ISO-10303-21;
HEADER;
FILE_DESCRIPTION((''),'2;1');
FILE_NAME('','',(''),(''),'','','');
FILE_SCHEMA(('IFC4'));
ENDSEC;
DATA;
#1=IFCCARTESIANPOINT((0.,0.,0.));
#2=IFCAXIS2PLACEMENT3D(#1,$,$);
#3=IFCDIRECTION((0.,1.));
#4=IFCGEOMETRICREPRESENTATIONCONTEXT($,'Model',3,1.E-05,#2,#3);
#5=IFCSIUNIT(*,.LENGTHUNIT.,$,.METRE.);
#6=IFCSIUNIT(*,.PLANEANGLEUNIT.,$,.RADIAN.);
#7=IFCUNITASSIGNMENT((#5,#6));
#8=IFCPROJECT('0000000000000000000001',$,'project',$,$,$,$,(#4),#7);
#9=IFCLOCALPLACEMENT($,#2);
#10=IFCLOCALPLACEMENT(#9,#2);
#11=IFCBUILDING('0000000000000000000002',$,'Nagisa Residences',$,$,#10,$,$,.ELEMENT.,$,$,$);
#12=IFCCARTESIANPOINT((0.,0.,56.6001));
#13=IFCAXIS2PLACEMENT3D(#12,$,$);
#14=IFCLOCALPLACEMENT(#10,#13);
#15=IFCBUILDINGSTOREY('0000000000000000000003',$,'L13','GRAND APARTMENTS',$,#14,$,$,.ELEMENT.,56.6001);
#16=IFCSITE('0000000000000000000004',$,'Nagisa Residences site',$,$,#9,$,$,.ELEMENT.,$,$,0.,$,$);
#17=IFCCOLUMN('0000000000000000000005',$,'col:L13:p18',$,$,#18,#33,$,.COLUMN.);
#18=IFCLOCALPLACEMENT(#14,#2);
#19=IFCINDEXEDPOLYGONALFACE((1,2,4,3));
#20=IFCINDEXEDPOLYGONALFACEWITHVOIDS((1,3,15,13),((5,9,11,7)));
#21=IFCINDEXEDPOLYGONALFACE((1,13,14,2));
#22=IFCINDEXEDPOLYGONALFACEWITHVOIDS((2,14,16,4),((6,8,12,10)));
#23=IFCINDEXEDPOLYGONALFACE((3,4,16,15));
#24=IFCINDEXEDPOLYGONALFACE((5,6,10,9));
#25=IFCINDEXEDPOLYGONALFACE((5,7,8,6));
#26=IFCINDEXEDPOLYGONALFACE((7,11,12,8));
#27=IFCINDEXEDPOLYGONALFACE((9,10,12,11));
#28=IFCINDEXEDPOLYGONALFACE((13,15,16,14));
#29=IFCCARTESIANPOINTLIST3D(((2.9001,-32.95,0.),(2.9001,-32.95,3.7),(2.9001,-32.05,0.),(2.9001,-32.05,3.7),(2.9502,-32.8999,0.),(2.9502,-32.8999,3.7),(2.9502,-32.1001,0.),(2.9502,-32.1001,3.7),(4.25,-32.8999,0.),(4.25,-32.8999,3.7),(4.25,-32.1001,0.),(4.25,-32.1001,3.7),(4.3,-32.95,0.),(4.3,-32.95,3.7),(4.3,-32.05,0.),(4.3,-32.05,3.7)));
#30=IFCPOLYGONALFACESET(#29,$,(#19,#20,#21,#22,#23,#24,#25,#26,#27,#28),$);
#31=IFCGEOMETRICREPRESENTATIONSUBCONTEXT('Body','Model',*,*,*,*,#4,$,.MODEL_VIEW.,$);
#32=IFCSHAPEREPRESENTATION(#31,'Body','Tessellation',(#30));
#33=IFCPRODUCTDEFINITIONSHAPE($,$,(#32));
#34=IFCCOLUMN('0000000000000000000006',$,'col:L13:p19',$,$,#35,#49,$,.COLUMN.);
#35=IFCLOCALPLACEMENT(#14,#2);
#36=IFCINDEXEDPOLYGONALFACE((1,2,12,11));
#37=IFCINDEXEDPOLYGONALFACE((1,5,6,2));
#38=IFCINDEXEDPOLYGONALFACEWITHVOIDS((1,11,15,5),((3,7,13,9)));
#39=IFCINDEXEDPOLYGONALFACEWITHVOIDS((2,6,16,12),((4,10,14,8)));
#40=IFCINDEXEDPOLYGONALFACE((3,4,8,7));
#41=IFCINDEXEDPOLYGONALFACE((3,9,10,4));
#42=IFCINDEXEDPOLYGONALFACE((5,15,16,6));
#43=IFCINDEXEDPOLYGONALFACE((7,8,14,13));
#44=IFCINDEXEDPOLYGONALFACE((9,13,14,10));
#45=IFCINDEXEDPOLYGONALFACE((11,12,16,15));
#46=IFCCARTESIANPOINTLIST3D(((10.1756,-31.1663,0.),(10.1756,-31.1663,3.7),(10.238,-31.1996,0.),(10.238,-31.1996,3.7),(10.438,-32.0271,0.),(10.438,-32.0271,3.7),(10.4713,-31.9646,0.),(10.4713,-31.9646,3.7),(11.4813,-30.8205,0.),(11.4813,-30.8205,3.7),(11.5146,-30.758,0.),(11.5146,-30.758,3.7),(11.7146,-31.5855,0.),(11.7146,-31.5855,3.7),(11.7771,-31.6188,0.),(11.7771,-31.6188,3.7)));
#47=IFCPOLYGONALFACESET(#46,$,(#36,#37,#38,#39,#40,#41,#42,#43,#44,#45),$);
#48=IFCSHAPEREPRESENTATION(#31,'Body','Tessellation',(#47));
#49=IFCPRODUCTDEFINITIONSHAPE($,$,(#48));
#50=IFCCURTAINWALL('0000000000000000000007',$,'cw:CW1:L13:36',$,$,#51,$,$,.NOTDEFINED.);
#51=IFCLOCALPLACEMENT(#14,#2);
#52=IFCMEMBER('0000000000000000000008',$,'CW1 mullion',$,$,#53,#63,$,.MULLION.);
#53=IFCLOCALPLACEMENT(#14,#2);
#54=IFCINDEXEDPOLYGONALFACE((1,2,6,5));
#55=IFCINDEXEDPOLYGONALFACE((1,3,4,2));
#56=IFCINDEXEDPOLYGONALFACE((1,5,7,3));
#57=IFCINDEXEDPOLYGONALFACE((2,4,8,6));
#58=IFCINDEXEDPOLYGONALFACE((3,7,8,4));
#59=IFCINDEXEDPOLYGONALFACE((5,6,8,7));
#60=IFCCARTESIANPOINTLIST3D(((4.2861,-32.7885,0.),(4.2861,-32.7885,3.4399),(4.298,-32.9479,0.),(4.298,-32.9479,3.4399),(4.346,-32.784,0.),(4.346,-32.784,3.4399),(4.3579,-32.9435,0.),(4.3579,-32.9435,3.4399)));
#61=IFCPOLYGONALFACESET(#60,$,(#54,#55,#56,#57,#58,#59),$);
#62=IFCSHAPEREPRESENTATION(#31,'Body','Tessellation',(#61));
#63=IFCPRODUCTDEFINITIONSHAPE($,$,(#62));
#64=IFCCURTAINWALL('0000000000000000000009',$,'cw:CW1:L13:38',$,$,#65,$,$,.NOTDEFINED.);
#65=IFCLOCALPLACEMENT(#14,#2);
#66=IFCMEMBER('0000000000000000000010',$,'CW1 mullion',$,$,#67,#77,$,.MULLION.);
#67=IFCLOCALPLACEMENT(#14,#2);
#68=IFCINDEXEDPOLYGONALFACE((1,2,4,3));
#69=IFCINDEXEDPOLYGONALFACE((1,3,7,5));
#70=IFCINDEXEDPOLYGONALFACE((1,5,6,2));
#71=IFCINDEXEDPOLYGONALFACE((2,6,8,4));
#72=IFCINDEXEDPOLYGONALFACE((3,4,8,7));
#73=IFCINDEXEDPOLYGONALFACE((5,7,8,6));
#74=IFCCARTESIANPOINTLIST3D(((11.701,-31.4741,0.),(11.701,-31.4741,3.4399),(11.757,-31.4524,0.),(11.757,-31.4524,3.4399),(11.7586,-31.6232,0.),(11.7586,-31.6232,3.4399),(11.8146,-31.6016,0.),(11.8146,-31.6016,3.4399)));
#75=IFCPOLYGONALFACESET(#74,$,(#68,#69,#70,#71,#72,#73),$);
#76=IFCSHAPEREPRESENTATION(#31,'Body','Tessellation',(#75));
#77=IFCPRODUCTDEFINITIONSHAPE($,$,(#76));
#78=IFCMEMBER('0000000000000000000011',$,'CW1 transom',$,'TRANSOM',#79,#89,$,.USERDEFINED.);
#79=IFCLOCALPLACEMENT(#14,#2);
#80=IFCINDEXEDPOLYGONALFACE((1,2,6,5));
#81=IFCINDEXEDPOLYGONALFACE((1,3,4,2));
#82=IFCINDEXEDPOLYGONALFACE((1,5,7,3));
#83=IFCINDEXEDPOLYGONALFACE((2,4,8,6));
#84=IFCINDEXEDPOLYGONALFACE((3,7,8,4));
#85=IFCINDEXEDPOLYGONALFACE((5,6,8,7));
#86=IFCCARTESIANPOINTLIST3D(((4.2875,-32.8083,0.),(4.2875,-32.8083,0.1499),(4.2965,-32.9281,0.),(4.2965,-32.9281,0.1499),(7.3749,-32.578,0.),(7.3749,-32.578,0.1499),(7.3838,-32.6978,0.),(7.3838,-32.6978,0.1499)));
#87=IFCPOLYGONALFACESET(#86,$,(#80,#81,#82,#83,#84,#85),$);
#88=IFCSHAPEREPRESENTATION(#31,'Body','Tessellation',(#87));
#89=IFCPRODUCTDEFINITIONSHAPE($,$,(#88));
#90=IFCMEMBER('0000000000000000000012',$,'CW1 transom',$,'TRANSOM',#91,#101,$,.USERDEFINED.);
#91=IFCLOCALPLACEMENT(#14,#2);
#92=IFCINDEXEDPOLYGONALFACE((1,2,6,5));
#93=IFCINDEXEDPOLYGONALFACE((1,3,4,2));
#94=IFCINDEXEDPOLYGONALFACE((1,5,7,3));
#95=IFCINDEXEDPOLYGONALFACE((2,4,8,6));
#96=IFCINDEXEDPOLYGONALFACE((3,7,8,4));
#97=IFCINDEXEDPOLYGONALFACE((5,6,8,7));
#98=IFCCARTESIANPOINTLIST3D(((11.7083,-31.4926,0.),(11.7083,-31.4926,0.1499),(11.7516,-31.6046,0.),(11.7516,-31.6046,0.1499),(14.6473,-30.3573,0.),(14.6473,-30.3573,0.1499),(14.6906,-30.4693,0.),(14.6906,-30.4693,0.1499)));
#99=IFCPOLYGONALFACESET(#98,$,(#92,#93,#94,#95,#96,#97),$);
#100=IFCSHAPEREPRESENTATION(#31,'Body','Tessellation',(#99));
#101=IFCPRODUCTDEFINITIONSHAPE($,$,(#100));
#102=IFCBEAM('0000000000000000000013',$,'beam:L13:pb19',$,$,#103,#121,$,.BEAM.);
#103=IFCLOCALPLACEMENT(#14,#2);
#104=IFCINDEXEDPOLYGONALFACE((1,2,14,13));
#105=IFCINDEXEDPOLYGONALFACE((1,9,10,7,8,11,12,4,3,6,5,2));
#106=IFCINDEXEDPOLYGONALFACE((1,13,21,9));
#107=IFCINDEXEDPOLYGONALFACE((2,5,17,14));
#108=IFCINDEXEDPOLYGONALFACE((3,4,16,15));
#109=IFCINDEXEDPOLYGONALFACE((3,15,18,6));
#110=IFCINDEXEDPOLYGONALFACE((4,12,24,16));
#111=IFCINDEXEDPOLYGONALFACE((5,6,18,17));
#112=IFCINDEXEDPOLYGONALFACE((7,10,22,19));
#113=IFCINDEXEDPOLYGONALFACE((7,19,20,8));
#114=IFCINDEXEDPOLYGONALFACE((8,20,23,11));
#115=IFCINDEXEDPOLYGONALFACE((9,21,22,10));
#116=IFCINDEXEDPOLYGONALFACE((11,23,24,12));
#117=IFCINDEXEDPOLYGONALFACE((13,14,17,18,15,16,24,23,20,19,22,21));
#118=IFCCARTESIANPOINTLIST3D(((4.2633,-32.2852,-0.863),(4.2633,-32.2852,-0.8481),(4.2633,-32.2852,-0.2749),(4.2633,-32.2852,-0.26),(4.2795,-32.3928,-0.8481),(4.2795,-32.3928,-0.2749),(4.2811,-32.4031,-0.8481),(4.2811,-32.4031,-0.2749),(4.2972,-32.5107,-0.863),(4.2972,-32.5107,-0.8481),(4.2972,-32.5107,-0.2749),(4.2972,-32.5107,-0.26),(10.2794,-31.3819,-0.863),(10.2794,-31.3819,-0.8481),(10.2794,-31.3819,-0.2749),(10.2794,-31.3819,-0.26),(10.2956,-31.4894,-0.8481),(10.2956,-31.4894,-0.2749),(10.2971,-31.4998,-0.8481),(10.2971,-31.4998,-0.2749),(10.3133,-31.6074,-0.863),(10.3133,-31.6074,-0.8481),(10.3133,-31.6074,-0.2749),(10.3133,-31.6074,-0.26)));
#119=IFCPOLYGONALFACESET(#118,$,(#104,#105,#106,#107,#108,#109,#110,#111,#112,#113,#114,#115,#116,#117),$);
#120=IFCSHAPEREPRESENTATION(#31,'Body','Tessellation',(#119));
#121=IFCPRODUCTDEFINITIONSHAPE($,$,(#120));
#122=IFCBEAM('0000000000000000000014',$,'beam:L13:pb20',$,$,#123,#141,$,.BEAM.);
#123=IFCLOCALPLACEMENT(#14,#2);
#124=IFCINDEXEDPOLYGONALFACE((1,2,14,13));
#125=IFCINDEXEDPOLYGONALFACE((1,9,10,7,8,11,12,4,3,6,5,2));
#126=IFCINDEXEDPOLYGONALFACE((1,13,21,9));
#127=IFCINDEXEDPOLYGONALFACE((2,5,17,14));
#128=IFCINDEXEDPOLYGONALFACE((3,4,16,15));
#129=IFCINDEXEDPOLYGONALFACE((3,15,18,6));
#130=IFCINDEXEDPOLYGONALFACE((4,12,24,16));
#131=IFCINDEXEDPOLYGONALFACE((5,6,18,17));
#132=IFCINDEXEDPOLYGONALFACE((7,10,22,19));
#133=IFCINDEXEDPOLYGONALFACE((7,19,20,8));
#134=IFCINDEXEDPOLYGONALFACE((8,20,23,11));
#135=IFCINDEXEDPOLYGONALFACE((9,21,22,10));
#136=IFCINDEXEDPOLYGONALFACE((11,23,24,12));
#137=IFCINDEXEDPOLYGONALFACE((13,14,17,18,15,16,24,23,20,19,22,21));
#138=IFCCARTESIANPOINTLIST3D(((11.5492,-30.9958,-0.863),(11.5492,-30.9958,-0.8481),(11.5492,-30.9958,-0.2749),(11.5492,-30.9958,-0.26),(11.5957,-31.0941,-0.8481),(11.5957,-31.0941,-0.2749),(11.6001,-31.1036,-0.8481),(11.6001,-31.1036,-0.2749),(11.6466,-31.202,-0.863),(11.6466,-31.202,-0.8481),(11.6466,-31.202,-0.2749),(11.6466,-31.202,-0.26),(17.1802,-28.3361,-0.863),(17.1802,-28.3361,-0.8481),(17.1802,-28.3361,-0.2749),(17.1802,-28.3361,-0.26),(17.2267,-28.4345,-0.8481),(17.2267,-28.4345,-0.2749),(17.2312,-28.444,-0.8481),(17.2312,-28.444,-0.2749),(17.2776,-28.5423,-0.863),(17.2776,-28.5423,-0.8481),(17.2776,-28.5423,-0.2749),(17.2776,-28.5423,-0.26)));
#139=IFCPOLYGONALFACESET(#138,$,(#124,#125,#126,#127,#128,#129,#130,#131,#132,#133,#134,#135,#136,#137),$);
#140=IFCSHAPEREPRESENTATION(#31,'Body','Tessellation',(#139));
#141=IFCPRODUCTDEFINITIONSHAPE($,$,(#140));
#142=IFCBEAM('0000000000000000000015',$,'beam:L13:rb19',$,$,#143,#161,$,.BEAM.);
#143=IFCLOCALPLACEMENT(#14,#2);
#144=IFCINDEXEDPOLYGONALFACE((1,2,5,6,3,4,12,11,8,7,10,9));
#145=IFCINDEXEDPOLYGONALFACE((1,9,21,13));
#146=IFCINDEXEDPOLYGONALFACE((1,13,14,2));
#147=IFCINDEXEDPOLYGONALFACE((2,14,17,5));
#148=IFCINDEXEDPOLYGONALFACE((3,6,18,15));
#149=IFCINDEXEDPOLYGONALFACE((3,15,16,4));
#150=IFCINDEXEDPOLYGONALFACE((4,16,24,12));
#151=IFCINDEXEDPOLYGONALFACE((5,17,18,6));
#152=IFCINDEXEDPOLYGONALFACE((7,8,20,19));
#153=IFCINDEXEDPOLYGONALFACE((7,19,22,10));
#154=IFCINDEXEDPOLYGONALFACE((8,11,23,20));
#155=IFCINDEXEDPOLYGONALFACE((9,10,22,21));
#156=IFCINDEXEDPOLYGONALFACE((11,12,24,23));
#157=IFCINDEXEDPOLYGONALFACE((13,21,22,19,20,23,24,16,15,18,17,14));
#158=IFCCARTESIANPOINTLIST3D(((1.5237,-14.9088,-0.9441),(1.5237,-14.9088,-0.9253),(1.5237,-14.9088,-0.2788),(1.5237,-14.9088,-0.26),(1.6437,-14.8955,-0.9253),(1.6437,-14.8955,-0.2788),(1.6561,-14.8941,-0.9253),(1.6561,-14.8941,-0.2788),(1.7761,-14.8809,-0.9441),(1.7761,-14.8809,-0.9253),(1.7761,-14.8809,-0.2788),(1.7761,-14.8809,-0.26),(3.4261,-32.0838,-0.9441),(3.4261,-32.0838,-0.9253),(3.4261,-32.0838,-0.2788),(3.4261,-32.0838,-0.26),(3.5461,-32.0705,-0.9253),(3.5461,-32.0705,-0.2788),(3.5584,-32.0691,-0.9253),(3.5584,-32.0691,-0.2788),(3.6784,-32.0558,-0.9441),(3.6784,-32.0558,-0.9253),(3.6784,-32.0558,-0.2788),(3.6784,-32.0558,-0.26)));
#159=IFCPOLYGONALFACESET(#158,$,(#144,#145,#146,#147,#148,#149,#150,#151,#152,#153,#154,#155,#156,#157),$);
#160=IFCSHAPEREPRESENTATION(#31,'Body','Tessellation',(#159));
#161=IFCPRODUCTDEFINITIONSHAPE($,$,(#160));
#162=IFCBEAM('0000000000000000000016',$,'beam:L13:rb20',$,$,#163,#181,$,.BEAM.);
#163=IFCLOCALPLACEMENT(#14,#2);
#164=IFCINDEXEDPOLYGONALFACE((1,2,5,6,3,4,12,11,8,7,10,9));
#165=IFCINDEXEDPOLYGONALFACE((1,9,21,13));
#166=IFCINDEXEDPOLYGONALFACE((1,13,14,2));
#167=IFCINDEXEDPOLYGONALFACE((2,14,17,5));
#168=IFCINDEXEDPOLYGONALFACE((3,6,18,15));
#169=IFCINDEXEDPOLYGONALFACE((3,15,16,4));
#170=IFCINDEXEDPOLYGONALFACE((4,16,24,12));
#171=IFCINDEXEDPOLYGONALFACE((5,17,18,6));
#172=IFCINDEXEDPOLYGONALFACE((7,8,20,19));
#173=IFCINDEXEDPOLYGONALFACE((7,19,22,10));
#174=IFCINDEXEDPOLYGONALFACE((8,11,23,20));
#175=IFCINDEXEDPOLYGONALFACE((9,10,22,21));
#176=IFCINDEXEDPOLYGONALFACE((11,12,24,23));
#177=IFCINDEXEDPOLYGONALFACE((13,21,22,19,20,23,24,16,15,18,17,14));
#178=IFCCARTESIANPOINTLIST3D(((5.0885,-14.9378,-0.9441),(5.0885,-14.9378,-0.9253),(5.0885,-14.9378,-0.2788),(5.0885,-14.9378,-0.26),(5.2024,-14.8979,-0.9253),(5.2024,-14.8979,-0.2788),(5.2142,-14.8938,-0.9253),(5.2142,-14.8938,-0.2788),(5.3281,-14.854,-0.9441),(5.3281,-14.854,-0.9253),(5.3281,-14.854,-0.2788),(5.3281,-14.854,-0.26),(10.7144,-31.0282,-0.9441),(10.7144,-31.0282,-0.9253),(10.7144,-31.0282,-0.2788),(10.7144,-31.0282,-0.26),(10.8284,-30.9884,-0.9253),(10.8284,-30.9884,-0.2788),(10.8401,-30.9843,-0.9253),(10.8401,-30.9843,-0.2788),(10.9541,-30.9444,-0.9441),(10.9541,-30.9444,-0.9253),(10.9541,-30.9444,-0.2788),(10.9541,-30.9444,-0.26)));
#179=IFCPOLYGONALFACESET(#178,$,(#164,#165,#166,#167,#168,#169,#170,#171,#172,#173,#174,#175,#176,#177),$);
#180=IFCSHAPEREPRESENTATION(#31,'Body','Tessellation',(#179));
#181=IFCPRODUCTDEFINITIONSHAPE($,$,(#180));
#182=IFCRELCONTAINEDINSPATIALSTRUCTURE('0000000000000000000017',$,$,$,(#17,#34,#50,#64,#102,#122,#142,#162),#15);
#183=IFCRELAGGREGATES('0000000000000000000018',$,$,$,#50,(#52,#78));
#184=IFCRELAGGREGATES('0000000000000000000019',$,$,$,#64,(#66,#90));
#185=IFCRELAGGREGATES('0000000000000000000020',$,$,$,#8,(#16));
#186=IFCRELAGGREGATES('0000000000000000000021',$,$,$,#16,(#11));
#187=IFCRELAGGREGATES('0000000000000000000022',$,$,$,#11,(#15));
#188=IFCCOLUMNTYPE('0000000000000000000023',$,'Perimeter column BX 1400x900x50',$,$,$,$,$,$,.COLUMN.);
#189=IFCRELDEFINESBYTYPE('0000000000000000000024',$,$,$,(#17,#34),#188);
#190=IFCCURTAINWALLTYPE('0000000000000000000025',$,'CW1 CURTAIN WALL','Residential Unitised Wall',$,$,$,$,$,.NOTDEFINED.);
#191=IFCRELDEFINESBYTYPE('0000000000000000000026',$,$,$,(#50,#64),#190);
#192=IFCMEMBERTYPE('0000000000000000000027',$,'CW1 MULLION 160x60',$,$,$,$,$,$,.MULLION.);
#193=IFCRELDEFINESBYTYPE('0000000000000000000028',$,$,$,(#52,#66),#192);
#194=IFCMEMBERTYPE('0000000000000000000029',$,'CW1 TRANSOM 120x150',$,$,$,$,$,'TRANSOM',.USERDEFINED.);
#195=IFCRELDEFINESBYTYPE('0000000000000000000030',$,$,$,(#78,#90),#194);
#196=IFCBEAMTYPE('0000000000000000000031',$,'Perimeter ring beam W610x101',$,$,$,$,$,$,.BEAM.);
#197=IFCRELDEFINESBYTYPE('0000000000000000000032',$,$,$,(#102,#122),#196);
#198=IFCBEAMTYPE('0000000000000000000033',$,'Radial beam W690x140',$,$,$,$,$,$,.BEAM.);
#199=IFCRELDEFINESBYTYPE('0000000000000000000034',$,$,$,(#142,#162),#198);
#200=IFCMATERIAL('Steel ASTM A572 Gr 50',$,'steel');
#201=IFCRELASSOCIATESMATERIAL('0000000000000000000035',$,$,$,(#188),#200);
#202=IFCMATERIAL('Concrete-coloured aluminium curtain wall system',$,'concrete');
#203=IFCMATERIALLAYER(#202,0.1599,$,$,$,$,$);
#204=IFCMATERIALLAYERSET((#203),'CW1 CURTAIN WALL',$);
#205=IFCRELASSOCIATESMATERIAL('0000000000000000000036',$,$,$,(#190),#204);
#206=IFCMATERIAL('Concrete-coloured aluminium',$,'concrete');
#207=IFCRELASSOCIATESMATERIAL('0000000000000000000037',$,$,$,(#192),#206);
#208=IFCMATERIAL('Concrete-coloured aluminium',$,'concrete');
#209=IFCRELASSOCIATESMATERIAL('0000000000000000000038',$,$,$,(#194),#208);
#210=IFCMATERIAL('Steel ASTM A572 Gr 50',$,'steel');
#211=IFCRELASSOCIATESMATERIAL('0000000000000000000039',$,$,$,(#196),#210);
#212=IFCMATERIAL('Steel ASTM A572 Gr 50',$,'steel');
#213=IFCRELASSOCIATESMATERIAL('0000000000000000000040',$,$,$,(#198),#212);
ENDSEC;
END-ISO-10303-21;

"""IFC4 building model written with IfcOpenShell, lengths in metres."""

from ifc_helpers import new_model, si_unit, direction, frame, origin, origin_2d, place, context, subcontext, project, spatial, rectangle, hollow_rectangle, i_section, extrude, material, layer, layer_set, material_profile, profile_set, type_object, element, aggregate, save


model = new_model("IFC4")

# Units and contexts
model_context = context("Model", 3, precision=1e-05, world=origin(), true_north=direction((0.0, 1.0)))
body_context = subcontext(model_context, "Body", "Model", "MODEL_VIEW")
ifc_project = project(units=[si_unit("LENGTHUNIT", "METRE"), si_unit("PLANEANGLEUNIT", "RADIAN")], contexts=[model_context])

# Site, building, storey
site_placement = place(None, origin())
site = spatial("IfcSite", under=ifc_project, at=site_placement, Name="Nagisa Residences site", CompositionType="ELEMENT", RefElevation=0.0)
building_placement = place(site_placement, origin())
building = spatial("IfcBuilding", under=site, at=building_placement, Name="Nagisa Residences", CompositionType="ELEMENT")
storey_placement = place(building_placement, frame((0.0, 0.0, 56.6001)))
storey = spatial("IfcBuildingStorey", under=building, at=storey_placement, Name="L13", Description="GRAND APARTMENTS", CompositionType="ELEMENT", Elevation=56.6001)

# Columns
ifc_material_1 = material(Name="Steel ASTM A572 Gr 50", Category="steel")
ifc_material_profile_1 = material_profile(ifc_material_1, hollow_rectangle(XDim=1.3999, YDim=0.8999, WallThickness=0.05, at=origin_2d()), Name="BX 1400x900x50")
ifc_profile_set_1 = profile_set([ifc_material_profile_1], Name="Steel ASTM A572 Gr 50")
column_type = type_object("IfcColumnType", Name="Perimeter column BX 1400x900x50", PredefinedType="COLUMN", material=ifc_profile_set_1)
for number, where, z_axis, x_axis, name in (
    (1, (3.6001, -32.5, 0.0), (0.0, 0.0, 1.0), (1.0, 0.0, 0.0), "col:L13:p18"),
    (2, (10.9763, -31.3926, 0.0), (0.0, 0.0, 1.0), (0.956525, 0.291652, 0.0), "col:L13:p19"),
):
    element("IfcColumn", number, at=place(storey_placement, frame(where, z_axis=z_axis, x_axis=x_axis)), inside=storey, type_object=column_type, Name=name, PredefinedType="COLUMN", context=body_context, shape_type="SweptSolid", body=[
        extrude(hollow_rectangle(XDim=1.3999, YDim=0.8999, WallThickness=0.05, at=origin_2d()), origin(), (0.0, 0.0, 1.0), 3.7),
    ])

# Curtain walls, members
ifc_material_2 = material(Name="Concrete-coloured aluminium curtain wall system", Category="concrete")
ifc_layer_1 = layer(ifc_material_2, 0.1599)
ifc_layer_set_1 = layer_set([ifc_layer_1], Name="CW1 CURTAIN WALL")
curtain_wall_type = type_object("IfcCurtainWallType", Name="CW1 CURTAIN WALL", Description="Residential Unitised Wall", PredefinedType="NOTDEFINED", material=ifc_layer_set_1)
curtain_wall_1_placement = place(storey_placement, origin())
curtain_wall_1 = element("IfcCurtainWall", 3, at=curtain_wall_1_placement, inside=storey, type_object=curtain_wall_type, Name="cw:CW1:L13:36", PredefinedType="NOTDEFINED")
ifc_material_3 = material(Name="Concrete-coloured aluminium", Category="concrete")
ifc_material_profile_2 = material_profile(ifc_material_3, rectangle(XDim=0.1599, YDim=0.0601, at=origin_2d()), Name="CW1 MULLION 160x60")
ifc_profile_set_2 = profile_set([ifc_material_profile_2], Name="Concrete-coloured aluminium")
member_type_1 = type_object("IfcMemberType", Name="CW1 MULLION 160x60", PredefinedType="MULLION", material=ifc_profile_set_2)
member_1_placement = place(storey_placement, frame((4.322, -32.866, 0.0), z_axis=(0.0, 0.0, 1.0), x_axis=(-0.074377, 0.99723, 0.0)))
member_1 = element("IfcMember", 4, at=member_1_placement, type_object=member_type_1, Name="CW1 mullion", PredefinedType="MULLION", context=body_context, shape_type="SweptSolid", body=[
    extrude(rectangle(XDim=0.1599, YDim=0.0601, at=origin_2d()), origin(), (0.0, 0.0, 1.0), 3.4399),
])
curtain_wall_2_placement = place(storey_placement, origin())
curtain_wall_2 = element("IfcCurtainWall", 5, at=curtain_wall_2_placement, inside=storey, type_object=curtain_wall_type, Name="cw:CW1:L13:38", PredefinedType="NOTDEFINED")
member_2_placement = place(storey_placement, frame((11.7578, -31.5378, 0.0), z_axis=(0.0, 0.0, 1.0), x_axis=(-0.360328, 0.932826, 0.0)))
member_2 = element("IfcMember", 6, at=member_2_placement, type_object=member_type_1, Name="CW1 mullion", PredefinedType="MULLION", context=body_context, shape_type="SweptSolid", body=[
    extrude(rectangle(XDim=0.1599, YDim=0.0601, at=origin_2d()), origin(), (0.0, 0.0, 1.0), 3.4399),
])

# Members
ifc_material_4 = material(Name="Concrete-coloured aluminium", Category="concrete")
ifc_material_profile_3 = material_profile(ifc_material_4, rectangle(XDim=0.1201, YDim=0.1499, at=origin_2d()), Name="CW1 TRANSOM 120x150")
ifc_profile_set_3 = profile_set([ifc_material_profile_3], Name="Concrete-coloured aluminium")
member_type_2 = type_object("IfcMemberType", Name="CW1 TRANSOM 120x150", ElementType="TRANSOM", PredefinedType="USERDEFINED", material=ifc_profile_set_3)
member_3_placement = place(storey_placement, frame((4.292, -32.8682, 0.075), z_axis=(0.997231, 0.074363, 0.0), x_axis=(-0.074363, 0.997231, 0.0)))
member_3 = element("IfcMember", 7, at=member_3_placement, type_object=member_type_2, Name="CW1 transom", ObjectType="TRANSOM", PredefinedType="USERDEFINED", context=body_context, shape_type="SweptSolid", body=[
    extrude(rectangle(XDim=0.1201, YDim=0.1499, at=origin_2d()), origin(), (0.0, 0.0, 1.0), 3.0959),
])
member_4_placement = place(storey_placement, frame((11.73, -31.5486, 0.075), z_axis=(0.932825, 0.360329, 0.0), x_axis=(-0.360329, 0.932825, 0.0)))
member_4 = element("IfcMember", 8, at=member_4_placement, type_object=member_type_2, Name="CW1 transom", ObjectType="TRANSOM", PredefinedType="USERDEFINED", context=body_context, shape_type="SweptSolid", body=[
    extrude(rectangle(XDim=0.1201, YDim=0.1499, at=origin_2d()), origin(), (0.0, 0.0, 1.0), 3.1506),
])

# Beams
ifc_material_5 = material(Name="Steel ASTM A572 Gr 50", Category="steel")
ifc_material_profile_4 = material_profile(ifc_material_5, i_section(OverallWidth=0.228, OverallDepth=0.603, WebThickness=0.0105, FlangeThickness=0.0149, at=origin_2d()), Name="W610x101")
ifc_profile_set_4 = profile_set([ifc_material_profile_4], Name="Steel ASTM A572 Gr 50")
beam_type_1 = type_object("IfcBeamType", Name="Perimeter ring beam W610x101", PredefinedType="BEAM", material=ifc_profile_set_4)
beam_1_placement = place(storey_placement, frame((4.2803, -32.3979, -0.5615), z_axis=(0.988915, 0.148486, 0.0), x_axis=(-0.148486, 0.988915, 0.0)))
element("IfcBeam", 9, at=beam_1_placement, inside=storey, type_object=beam_type_1, Name="beam:L13:pb19", PredefinedType="BEAM", context=body_context, shape_type="SweptSolid", body=[
    extrude(i_section(OverallWidth=0.228, OverallDepth=0.603, WebThickness=0.0105, FlangeThickness=0.0149, at=origin_2d()), origin(), (0.0, 0.0, 1.0), 6.0835),
])
beam_2_placement = place(storey_placement, frame((11.5979, -31.0989, -0.5615), z_axis=(0.904215, 0.427077, 0.0), x_axis=(-0.427077, 0.904215, 0.0)))
element("IfcBeam", 10, at=beam_2_placement, inside=storey, type_object=beam_type_1, Name="beam:L13:pb20", PredefinedType="BEAM", context=body_context, shape_type="SweptSolid", body=[
    extrude(i_section(OverallWidth=0.228, OverallDepth=0.603, WebThickness=0.0105, FlangeThickness=0.0149, at=origin_2d()), origin(), (0.0, 0.0, 1.0), 6.2275),
])
ifc_material_6 = material(Name="Steel ASTM A572 Gr 50", Category="steel")
ifc_material_profile_5 = material_profile(ifc_material_6, i_section(OverallWidth=0.2539, OverallDepth=0.6841, WebThickness=0.0125, FlangeThickness=0.0188, at=origin_2d()), Name="W690x140")
ifc_profile_set_5 = profile_set([ifc_material_profile_5], Name="Steel ASTM A572 Gr 50")
beam_type_2 = type_object("IfcBeamType", Name="Radial beam W690x140", PredefinedType="BEAM", material=ifc_profile_set_5)
beam_3_placement = place(storey_placement, frame((3.5522, -32.0698, -0.6021), z_axis=(-0.110089, 0.993922, 0.0), x_axis=(-0.993922, -0.110089, 0.0)))
element("IfcBeam", 11, at=beam_3_placement, inside=storey, type_object=beam_type_2, Name="beam:L13:rb19", PredefinedType="BEAM", context=body_context, shape_type="SweptSolid", body=[
    extrude(i_section(OverallWidth=0.2539, OverallDepth=0.6841, WebThickness=0.0125, FlangeThickness=0.0188, at=origin_2d()), origin(), (0.0, 0.0, 1.0), 17.28),
])
beam_4_placement = place(storey_placement, frame((10.8342, -30.9863, -0.6021), z_axis=(-0.330051, 0.943963, 0.0), x_axis=(-0.943963, -0.330051, 0.0)))
element("IfcBeam", 12, at=beam_4_placement, inside=storey, type_object=beam_type_2, Name="beam:L13:rb20", PredefinedType="BEAM", context=body_context, shape_type="SweptSolid", body=[
    extrude(i_section(OverallWidth=0.2539, OverallDepth=0.6841, WebThickness=0.0125, FlangeThickness=0.0188, at=origin_2d()), origin(), (0.0, 0.0, 1.0), 17.0457),
])

aggregate(curtain_wall_1, [member_1, member_3])
aggregate(curtain_wall_2, [member_2, member_4])

save(model, "model.ifc")
